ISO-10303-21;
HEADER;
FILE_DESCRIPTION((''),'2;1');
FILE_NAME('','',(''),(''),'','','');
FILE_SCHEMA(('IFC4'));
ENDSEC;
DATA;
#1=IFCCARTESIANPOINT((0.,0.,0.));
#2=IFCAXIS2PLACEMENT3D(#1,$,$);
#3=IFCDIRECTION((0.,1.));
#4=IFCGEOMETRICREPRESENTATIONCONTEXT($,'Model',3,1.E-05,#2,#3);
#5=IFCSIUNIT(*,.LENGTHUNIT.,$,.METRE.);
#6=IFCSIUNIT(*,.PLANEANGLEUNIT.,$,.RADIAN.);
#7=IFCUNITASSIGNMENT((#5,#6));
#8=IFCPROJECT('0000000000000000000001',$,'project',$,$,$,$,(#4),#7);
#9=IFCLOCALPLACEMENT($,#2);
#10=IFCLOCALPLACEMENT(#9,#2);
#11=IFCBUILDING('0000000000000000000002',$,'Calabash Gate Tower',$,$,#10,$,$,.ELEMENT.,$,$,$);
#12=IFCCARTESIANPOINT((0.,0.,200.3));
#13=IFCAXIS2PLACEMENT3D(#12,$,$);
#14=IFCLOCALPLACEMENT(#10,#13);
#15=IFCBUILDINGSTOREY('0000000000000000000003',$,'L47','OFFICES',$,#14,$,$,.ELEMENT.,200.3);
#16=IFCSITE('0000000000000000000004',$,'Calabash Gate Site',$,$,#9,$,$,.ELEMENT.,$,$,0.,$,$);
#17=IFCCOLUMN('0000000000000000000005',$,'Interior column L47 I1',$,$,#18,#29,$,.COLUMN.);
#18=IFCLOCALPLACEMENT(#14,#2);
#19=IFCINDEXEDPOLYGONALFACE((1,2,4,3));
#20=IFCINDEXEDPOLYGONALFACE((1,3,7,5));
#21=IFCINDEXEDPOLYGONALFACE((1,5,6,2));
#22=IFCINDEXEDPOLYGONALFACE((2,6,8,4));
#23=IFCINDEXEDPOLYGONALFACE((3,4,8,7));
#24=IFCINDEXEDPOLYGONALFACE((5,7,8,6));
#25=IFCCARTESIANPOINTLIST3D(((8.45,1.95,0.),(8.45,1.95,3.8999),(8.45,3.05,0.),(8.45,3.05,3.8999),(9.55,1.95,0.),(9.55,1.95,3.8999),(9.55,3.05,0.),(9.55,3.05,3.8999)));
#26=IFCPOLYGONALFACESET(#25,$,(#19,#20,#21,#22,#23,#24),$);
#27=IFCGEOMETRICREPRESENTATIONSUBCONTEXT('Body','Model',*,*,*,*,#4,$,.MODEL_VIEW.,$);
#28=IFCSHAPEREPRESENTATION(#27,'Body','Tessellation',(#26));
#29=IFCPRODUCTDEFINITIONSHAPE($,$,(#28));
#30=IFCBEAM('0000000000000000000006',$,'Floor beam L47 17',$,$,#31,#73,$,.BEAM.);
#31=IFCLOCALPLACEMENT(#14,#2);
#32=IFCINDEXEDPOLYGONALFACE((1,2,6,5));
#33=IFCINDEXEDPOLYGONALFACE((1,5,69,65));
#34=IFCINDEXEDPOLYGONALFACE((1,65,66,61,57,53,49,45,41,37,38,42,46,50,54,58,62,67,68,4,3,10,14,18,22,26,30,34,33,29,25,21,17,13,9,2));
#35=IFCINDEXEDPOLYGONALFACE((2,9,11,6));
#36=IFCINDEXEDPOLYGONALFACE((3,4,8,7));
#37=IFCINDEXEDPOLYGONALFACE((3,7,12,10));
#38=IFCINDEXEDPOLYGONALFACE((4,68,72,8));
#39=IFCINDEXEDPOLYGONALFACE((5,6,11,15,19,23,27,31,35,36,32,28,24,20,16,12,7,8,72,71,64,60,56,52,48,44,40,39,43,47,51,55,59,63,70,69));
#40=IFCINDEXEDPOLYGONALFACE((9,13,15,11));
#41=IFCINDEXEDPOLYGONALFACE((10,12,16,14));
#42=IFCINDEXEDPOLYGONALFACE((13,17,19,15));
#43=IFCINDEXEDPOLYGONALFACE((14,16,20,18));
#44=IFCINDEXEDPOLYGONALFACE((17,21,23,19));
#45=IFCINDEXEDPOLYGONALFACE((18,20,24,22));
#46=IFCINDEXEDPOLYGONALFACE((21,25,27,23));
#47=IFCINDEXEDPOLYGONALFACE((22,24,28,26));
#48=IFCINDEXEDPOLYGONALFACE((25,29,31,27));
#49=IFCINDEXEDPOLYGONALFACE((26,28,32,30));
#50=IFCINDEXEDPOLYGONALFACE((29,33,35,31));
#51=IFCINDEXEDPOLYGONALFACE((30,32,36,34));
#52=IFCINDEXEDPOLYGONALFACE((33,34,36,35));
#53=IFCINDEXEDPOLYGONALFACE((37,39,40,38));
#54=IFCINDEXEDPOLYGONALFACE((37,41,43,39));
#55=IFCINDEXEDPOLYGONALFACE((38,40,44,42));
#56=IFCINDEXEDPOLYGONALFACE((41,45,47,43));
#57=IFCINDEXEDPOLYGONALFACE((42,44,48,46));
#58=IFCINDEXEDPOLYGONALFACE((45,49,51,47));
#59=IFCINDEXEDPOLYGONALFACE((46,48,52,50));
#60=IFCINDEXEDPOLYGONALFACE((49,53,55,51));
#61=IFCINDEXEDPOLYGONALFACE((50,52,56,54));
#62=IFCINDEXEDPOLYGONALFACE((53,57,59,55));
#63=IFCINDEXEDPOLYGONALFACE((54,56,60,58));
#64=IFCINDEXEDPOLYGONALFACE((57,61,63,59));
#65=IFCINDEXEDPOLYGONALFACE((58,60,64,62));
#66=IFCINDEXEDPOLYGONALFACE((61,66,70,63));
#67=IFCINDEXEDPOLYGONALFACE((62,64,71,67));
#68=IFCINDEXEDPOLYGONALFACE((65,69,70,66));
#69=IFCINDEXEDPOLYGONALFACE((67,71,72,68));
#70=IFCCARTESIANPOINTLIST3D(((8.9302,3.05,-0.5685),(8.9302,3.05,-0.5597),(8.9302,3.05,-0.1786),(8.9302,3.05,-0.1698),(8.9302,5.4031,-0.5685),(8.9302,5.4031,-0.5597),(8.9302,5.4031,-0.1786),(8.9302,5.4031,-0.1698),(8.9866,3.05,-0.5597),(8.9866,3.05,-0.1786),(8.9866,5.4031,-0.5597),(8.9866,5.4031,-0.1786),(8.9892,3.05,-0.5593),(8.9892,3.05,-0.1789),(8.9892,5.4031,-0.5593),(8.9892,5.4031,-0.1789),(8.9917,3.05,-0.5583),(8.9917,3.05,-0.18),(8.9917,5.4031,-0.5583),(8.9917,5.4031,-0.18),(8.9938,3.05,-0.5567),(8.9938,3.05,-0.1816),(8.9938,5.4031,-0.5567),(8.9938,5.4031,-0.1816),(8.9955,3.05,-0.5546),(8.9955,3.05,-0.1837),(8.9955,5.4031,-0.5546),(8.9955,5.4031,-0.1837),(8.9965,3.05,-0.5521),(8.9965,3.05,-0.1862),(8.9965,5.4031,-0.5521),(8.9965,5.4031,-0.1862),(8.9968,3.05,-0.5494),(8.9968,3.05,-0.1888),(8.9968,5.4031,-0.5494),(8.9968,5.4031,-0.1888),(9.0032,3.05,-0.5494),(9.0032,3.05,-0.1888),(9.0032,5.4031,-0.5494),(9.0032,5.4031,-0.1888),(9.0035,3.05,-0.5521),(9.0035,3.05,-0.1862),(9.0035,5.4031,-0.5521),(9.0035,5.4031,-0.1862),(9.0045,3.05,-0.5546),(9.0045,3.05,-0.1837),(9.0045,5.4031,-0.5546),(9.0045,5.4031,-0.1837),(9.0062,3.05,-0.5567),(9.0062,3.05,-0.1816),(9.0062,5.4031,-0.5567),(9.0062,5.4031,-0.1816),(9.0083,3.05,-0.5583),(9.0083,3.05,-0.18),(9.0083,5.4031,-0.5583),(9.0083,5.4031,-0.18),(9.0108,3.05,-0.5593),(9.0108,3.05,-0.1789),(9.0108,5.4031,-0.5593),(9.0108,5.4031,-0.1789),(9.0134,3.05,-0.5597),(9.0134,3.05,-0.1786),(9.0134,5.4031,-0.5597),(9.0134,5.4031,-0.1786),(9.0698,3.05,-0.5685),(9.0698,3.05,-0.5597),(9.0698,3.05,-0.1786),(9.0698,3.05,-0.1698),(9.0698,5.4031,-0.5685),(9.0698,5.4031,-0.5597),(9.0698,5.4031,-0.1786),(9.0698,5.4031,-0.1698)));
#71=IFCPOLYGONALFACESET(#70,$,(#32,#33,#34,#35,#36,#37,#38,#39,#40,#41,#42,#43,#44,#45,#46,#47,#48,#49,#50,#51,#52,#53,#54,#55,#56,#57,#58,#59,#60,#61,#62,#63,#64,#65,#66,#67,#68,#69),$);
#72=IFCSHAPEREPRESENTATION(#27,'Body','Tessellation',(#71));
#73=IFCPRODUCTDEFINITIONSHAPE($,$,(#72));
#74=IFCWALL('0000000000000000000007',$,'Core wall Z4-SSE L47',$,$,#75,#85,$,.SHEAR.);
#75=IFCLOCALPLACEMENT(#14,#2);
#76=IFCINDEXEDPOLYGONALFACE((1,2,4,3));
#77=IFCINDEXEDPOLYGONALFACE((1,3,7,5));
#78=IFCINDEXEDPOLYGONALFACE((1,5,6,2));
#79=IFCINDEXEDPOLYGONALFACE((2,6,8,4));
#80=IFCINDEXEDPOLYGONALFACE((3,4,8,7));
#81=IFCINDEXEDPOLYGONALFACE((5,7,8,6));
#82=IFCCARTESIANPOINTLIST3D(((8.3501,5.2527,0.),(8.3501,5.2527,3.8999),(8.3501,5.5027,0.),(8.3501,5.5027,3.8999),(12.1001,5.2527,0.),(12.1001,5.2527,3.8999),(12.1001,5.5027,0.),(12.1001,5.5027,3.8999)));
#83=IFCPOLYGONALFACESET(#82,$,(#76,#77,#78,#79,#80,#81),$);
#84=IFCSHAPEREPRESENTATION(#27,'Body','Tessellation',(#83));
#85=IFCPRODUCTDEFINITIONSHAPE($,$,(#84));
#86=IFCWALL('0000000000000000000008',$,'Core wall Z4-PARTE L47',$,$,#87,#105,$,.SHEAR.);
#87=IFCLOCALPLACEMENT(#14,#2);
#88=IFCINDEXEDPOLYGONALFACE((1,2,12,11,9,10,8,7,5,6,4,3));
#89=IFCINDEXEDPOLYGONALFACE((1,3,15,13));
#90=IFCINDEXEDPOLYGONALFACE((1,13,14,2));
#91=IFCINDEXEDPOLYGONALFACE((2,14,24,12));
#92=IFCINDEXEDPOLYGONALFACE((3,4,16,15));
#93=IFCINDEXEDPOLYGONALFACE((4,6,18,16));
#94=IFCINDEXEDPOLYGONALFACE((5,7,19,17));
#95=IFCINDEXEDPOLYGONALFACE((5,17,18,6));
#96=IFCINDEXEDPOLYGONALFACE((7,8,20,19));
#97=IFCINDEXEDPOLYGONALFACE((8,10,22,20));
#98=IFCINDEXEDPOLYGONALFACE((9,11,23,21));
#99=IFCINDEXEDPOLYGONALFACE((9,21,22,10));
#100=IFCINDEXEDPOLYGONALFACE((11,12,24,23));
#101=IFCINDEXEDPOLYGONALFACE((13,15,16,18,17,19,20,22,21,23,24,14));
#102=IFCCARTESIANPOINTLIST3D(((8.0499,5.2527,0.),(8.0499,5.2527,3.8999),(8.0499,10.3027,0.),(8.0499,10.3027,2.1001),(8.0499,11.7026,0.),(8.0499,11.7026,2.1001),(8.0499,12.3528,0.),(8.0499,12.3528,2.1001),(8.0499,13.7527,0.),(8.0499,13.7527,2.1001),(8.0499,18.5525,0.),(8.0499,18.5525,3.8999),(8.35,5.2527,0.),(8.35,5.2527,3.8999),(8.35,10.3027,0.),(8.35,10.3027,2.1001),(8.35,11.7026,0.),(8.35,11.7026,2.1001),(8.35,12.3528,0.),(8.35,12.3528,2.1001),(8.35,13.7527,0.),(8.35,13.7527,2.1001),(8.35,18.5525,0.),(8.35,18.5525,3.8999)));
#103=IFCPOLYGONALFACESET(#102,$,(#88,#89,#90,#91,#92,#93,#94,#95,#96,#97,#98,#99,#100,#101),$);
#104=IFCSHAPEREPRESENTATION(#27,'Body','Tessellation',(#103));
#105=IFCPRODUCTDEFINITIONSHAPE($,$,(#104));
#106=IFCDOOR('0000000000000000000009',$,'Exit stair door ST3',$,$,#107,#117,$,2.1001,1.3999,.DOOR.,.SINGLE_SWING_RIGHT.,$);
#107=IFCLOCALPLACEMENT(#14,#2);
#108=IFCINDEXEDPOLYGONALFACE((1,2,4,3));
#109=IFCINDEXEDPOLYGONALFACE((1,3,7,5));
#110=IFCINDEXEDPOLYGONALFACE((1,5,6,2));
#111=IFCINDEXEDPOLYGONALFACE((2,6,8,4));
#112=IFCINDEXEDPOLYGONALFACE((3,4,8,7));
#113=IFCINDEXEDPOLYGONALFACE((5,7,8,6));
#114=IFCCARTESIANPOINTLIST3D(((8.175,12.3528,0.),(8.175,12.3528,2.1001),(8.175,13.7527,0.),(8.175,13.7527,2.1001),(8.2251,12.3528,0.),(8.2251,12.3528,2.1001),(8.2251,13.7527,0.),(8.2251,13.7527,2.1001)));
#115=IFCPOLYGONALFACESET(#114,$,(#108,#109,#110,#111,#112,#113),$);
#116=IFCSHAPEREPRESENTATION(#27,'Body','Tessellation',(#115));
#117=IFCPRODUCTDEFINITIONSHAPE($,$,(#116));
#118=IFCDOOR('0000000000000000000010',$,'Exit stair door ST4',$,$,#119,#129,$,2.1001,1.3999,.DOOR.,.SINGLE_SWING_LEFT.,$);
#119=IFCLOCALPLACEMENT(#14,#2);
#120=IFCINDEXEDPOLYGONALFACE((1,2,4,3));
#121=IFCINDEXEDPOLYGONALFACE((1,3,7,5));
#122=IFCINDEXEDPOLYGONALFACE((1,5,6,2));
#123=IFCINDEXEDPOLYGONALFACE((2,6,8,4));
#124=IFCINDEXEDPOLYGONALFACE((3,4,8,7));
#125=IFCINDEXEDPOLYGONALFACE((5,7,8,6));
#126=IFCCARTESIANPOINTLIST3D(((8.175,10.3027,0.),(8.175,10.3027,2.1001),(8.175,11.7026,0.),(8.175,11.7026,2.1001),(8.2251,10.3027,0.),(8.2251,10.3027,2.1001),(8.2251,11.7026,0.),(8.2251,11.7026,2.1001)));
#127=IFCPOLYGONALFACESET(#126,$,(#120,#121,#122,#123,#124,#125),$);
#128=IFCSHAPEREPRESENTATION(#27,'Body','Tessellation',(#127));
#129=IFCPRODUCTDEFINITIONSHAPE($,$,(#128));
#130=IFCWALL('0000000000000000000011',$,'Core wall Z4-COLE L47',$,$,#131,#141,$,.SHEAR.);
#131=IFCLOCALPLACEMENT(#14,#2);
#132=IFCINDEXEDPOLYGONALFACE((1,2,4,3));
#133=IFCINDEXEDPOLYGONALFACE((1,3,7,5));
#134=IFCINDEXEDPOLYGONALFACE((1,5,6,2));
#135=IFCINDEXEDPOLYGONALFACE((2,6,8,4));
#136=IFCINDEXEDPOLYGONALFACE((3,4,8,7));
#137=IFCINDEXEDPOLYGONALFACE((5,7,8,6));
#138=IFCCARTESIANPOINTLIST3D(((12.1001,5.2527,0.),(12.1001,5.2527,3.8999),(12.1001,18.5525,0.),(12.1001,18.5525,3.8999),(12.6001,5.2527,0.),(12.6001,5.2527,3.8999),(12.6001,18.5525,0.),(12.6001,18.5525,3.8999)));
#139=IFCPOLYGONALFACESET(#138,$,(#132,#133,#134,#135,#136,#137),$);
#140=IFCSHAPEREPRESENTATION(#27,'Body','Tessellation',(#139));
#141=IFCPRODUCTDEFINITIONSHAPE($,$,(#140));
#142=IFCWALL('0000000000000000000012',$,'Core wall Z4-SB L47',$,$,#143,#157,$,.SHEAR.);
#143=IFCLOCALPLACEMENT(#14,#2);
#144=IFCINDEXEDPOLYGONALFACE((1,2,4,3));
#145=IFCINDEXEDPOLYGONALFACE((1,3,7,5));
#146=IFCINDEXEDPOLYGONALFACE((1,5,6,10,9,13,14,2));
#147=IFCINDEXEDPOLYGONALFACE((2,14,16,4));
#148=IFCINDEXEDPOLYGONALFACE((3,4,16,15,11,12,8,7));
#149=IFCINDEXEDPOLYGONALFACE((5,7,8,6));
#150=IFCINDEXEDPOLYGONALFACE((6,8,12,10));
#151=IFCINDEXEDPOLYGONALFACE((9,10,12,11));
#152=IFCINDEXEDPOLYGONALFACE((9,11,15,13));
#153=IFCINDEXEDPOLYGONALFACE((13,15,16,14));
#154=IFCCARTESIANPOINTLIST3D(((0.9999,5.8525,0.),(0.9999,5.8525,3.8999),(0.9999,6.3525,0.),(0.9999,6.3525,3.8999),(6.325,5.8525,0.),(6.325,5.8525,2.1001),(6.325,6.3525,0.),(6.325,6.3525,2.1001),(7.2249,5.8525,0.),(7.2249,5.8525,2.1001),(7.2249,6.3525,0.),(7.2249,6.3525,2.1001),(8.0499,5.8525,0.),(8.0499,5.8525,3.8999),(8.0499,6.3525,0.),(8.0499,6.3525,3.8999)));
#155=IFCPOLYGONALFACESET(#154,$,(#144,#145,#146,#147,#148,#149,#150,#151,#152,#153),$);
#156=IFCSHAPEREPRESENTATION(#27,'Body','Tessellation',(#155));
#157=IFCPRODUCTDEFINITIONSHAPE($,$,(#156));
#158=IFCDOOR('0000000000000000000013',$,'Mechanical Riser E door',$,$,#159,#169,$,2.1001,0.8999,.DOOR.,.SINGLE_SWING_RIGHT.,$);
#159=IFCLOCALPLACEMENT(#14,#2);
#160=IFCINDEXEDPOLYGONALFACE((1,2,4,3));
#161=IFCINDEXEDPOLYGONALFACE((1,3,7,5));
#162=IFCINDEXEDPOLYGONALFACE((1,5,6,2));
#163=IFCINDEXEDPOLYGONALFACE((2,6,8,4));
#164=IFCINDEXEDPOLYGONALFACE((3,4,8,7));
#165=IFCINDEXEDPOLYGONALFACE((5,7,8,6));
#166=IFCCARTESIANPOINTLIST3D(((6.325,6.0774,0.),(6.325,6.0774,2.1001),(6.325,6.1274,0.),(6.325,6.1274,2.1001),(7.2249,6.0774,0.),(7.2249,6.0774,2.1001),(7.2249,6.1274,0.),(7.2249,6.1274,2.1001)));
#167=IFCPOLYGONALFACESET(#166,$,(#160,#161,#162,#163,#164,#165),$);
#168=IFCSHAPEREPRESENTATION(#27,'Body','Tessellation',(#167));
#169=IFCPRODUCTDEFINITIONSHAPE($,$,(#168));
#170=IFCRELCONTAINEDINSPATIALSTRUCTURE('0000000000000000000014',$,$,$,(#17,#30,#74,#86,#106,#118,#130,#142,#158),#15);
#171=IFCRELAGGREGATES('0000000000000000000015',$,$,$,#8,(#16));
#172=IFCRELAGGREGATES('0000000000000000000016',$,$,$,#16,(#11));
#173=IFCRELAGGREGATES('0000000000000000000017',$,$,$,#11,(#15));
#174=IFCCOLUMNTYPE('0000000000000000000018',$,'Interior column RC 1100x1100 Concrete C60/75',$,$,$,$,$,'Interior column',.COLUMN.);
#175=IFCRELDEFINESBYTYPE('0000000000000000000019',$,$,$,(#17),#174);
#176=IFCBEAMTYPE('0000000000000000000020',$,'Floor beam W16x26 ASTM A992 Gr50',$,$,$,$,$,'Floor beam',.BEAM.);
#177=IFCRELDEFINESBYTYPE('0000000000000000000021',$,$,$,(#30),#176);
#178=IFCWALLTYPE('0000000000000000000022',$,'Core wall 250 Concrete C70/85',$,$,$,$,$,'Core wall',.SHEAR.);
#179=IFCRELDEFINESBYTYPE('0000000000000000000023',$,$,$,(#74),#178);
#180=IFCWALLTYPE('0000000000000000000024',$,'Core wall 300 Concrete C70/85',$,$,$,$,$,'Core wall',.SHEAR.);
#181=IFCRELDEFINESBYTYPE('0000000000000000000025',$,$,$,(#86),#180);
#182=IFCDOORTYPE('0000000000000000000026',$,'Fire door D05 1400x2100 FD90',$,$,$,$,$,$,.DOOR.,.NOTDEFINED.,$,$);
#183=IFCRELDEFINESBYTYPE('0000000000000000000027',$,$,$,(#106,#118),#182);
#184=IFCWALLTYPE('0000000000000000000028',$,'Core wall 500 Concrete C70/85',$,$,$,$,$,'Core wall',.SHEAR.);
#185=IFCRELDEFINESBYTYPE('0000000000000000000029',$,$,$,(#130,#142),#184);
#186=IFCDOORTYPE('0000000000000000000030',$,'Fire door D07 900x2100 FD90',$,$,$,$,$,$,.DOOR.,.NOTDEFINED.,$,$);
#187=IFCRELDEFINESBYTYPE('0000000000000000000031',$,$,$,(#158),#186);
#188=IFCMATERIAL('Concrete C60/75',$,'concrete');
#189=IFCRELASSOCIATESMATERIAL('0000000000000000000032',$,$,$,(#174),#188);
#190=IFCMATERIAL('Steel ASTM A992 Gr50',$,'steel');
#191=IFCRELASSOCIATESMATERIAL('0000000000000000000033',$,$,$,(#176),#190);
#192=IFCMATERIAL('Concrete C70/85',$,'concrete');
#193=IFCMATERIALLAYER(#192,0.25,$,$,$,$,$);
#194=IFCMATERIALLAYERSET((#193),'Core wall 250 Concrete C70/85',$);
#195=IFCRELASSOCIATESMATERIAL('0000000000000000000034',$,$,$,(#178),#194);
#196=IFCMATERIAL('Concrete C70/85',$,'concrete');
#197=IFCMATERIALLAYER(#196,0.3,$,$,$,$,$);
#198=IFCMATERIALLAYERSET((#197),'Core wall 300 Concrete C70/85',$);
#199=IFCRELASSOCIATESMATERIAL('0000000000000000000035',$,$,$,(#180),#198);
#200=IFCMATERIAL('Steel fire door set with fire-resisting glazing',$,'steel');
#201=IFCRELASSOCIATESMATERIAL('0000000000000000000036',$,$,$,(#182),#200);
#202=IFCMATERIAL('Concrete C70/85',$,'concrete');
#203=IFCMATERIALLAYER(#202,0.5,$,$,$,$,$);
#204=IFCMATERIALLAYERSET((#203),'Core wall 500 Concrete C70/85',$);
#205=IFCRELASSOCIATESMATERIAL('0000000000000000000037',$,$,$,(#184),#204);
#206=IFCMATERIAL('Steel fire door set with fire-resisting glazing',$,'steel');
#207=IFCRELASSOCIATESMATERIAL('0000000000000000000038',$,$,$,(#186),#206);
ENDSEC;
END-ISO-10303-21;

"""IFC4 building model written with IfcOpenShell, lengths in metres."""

from ifc_helpers import new_model, si_unit, direction, frame, frame_2d, origin, origin_2d, place, context, subcontext, project, spatial, rectangle, i_section, extrude, material, layer, layer_set, material_profile, profile_set, type_object, element, fill, save


model = new_model("IFC4")

# Units and contexts
model_context = context("Model", 3, precision=1e-05, world=origin(), true_north=direction((0.0, 1.0)))
body_context = subcontext(model_context, "Body", "Model", "MODEL_VIEW")
ifc_project = project(units=[si_unit("LENGTHUNIT", "METRE"), si_unit("PLANEANGLEUNIT", "RADIAN")], contexts=[model_context])

# Site, building, storey
site_placement = place(None, origin())
site = spatial("IfcSite", under=ifc_project, at=site_placement, Name="Calabash Gate Site", CompositionType="ELEMENT", RefElevation=0.0)
building_placement = place(site_placement, origin())
building = spatial("IfcBuilding", under=site, at=building_placement, Name="Calabash Gate Tower", CompositionType="ELEMENT")
storey_placement = place(building_placement, frame((0.0, 0.0, 200.3)))
storey = spatial("IfcBuildingStorey", under=building, at=storey_placement, Name="L47", Description="OFFICES", CompositionType="ELEMENT", Elevation=200.3)

# Column
ifc_material_1 = material(Name="Concrete C60/75", Category="concrete")
ifc_material_profile_1 = material_profile(ifc_material_1, rectangle(XDim=1.1001, YDim=1.1001, at=origin_2d()))
ifc_profile_set_1 = profile_set([ifc_material_profile_1], Name="Concrete C60/75")
column_type = type_object("IfcColumnType", Name="Interior column RC 1100x1100 Concrete C60/75", ElementType="Interior column", PredefinedType="COLUMN", material=ifc_profile_set_1)
column_placement = place(storey_placement, frame((9.0, 2.5, 0.0), z_axis=(0.0, 0.0, 1.0), x_axis=(1.0, 0.0, 0.0)))
element("IfcColumn", 1, at=column_placement, inside=storey, type_object=column_type, Name="Interior column L47 I1", PredefinedType="COLUMN", context=body_context, shape_type="SweptSolid", body=[
    extrude(rectangle(XDim=1.1001, YDim=1.1001, at=origin_2d()), origin(), (0.0, 0.0, 1.0), 3.8999),
])

# Beam
ifc_material_2 = material(Name="Steel ASTM A992 Gr50", Category="steel")
ifc_material_profile_2 = material_profile(ifc_material_2, i_section(OverallWidth=0.1396, OverallDepth=0.3987, WebThickness=0.0063, FlangeThickness=0.0088, FilletRadius=0.0103, at=origin_2d()))
ifc_profile_set_2 = profile_set([ifc_material_profile_2], Name="Steel ASTM A992 Gr50")
beam_type = type_object("IfcBeamType", Name="Floor beam W16x26 ASTM A992 Gr50", ElementType="Floor beam", PredefinedType="BEAM", material=ifc_profile_set_2)
beam_placement = place(storey_placement, frame((9.0, 3.05, -0.3691), z_axis=(0.0, 1.0, 0.0), x_axis=(-1.0, 0.0, 0.0)))
element("IfcBeam", 2, at=beam_placement, inside=storey, type_object=beam_type, Name="Floor beam L47 17", PredefinedType="BEAM", context=body_context, shape_type="SweptSolid", body=[
    extrude(i_section(OverallWidth=0.1396, OverallDepth=0.3987, WebThickness=0.0063, FlangeThickness=0.0088, FilletRadius=0.0103, at=origin_2d()), origin(), (0.0, 0.0, 1.0), 2.353),
])

# Wall
ifc_material_3 = material(Name="Concrete C70/85", Category="concrete")
ifc_layer_1 = layer(ifc_material_3, 0.25)
ifc_layer_set_1 = layer_set([ifc_layer_1], Name="Core wall 250 Concrete C70/85")
wall_type_1 = type_object("IfcWallType", Name="Core wall 250 Concrete C70/85", ElementType="Core wall", PredefinedType="SHEAR", material=ifc_layer_set_1)
wall_1_placement = place(storey_placement, frame((8.3501, 5.3777, 0.0), z_axis=(0.0, 0.0, 1.0), x_axis=(1.0, 0.0, 0.0)))
element("IfcWall", 3, at=wall_1_placement, inside=storey, type_object=wall_type_1, Name="Core wall Z4-SSE L47", PredefinedType="SHEAR", context=body_context, shape_type="SweptSolid", body=[
    extrude(rectangle(XDim=3.75, YDim=0.25, at=frame_2d((1.875, 0.0))), origin(), (0.0, 0.0, 1.0), 3.8999),
])

# Wall, openings, doors
ifc_material_4 = material(Name="Concrete C70/85", Category="concrete")
ifc_layer_2 = layer(ifc_material_4, 0.3)
ifc_layer_set_2 = layer_set([ifc_layer_2], Name="Core wall 300 Concrete C70/85")
wall_type_2 = type_object("IfcWallType", Name="Core wall 300 Concrete C70/85", ElementType="Core wall", PredefinedType="SHEAR", material=ifc_layer_set_2)
wall_2_placement = place(storey_placement, frame((8.2, 5.2527, 0.0), z_axis=(0.0, 0.0, 1.0), x_axis=(0.0, 1.0, 0.0)))
wall_2 = element("IfcWall", 4, at=wall_2_placement, inside=storey, type_object=wall_type_2, Name="Core wall Z4-PARTE L47", PredefinedType="SHEAR", context=body_context, shape_type="SweptSolid", body=[
    extrude(rectangle(XDim=13.2998, YDim=0.3, at=frame_2d((6.6499, 0.0))), origin(), (0.0, 0.0, 1.0), 3.8999),
])
opening_1_placement = place(wall_2_placement, frame((7.1001, 0.0, 0.0)))
opening_1 = element("IfcOpeningElement", 5, at=opening_1_placement, cuts=wall_2, PredefinedType="OPENING", context=body_context, shape_type="SweptSolid", body=[
    extrude(rectangle(XDim=1.3999, YDim=2.1001, at=frame_2d((0.7, 1.05))), frame((0.0, 0.1599, 0.0), z_axis=(0.0, -1.0, 0.0), x_axis=(1.0, 0.0, 0.0)), (0.0, 0.0, 1.0), 0.3201),
])
opening_2_placement = place(wall_2_placement, frame((5.05, 0.0, 0.0)))
opening_2 = element("IfcOpeningElement", 6, at=opening_2_placement, cuts=wall_2, PredefinedType="OPENING", context=body_context, shape_type="SweptSolid", body=[
    extrude(rectangle(XDim=1.3999, YDim=2.1001, at=frame_2d((0.7, 1.05))), frame((0.0, 0.1599, 0.0), z_axis=(0.0, -1.0, 0.0), x_axis=(1.0, 0.0, 0.0)), (0.0, 0.0, 1.0), 0.3201),
])
ifc_material_5 = material(Name="Steel fire door set with fire-resisting glazing", Category="steel")
door_type_1 = type_object("IfcDoorType", Name="Fire door D05 1400x2100 FD90", OperationType="NOTDEFINED", PredefinedType="DOOR", material=ifc_material_5)
door_1_placement = place(opening_1_placement, origin())
door_1 = element("IfcDoor", 7, at=door_1_placement, inside=storey, type_object=door_type_1, Name="Exit stair door ST3", OperationType="SINGLE_SWING_RIGHT", OverallHeight=2.1001, OverallWidth=1.3999, PredefinedType="DOOR", context=body_context, shape_type="SweptSolid", body=[
    extrude(rectangle(XDim=1.3999, YDim=2.1001, at=frame_2d((0.7, 1.05))), frame((0.0, 0.0249, 0.0), z_axis=(0.0, -1.0, 0.0), x_axis=(1.0, 0.0, 0.0)), (0.0, 0.0, 1.0), 0.05),
])
fill(opening_1, door_1)
door_2_placement = place(opening_2_placement, origin())
door_2 = element("IfcDoor", 8, at=door_2_placement, inside=storey, type_object=door_type_1, Name="Exit stair door ST4", OperationType="SINGLE_SWING_LEFT", OverallHeight=2.1001, OverallWidth=1.3999, PredefinedType="DOOR", context=body_context, shape_type="SweptSolid", body=[
    extrude(rectangle(XDim=1.3999, YDim=2.1001, at=frame_2d((0.7, 1.05))), frame((0.0, 0.0249, 0.0), z_axis=(0.0, -1.0, 0.0), x_axis=(1.0, 0.0, 0.0)), (0.0, 0.0, 1.0), 0.05),
])
fill(opening_2, door_2)

# Wall
ifc_material_6 = material(Name="Concrete C70/85", Category="concrete")
ifc_layer_3 = layer(ifc_material_6, 0.5)
ifc_layer_set_3 = layer_set([ifc_layer_3], Name="Core wall 500 Concrete C70/85")
wall_type_3 = type_object("IfcWallType", Name="Core wall 500 Concrete C70/85", ElementType="Core wall", PredefinedType="SHEAR", material=ifc_layer_set_3)
wall_3_placement = place(storey_placement, frame((12.3501, 5.2527, 0.0), z_axis=(0.0, 0.0, 1.0), x_axis=(0.0, 1.0, 0.0)))
element("IfcWall", 9, at=wall_3_placement, inside=storey, type_object=wall_type_3, Name="Core wall Z4-COLE L47", PredefinedType="SHEAR", context=body_context, shape_type="SweptSolid", body=[
    extrude(rectangle(XDim=13.2998, YDim=0.5, at=frame_2d((6.6499, 0.0))), origin(), (0.0, 0.0, 1.0), 3.8999),
])

# Wall, opening, door
wall_4_placement = place(storey_placement, frame((1.0, 6.1025, 0.0), z_axis=(0.0, 0.0, 1.0), x_axis=(1.0, 0.0, 0.0)))
wall_4 = element("IfcWall", 10, at=wall_4_placement, inside=storey, type_object=wall_type_3, Name="Core wall Z4-SB L47", PredefinedType="SHEAR", context=body_context, shape_type="SweptSolid", body=[
    extrude(rectangle(XDim=7.05, YDim=0.5, at=frame_2d((3.5249, 0.0))), origin(), (0.0, 0.0, 1.0), 3.8999),
])
opening_3_placement = place(wall_4_placement, frame((5.325, 0.0, 0.0)))
opening_3 = element("IfcOpeningElement", 11, at=opening_3_placement, cuts=wall_4, PredefinedType="OPENING", context=body_context, shape_type="SweptSolid", body=[
    extrude(rectangle(XDim=0.8999, YDim=2.1001, at=frame_2d((0.45, 1.05))), frame((0.0, 0.26, 0.0), z_axis=(0.0, -1.0, 0.0), x_axis=(1.0, 0.0, 0.0)), (0.0, 0.0, 1.0), 0.52),
])
ifc_material_7 = material(Name="Steel fire door set with fire-resisting glazing", Category="steel")
door_type_2 = type_object("IfcDoorType", Name="Fire door D07 900x2100 FD90", OperationType="NOTDEFINED", PredefinedType="DOOR", material=ifc_material_7)
door_3_placement = place(opening_3_placement, origin())
door_3 = element("IfcDoor", 12, at=door_3_placement, inside=storey, type_object=door_type_2, Name="Mechanical Riser E door", OperationType="SINGLE_SWING_RIGHT", OverallHeight=2.1001, OverallWidth=0.8999, PredefinedType="DOOR", context=body_context, shape_type="SweptSolid", body=[
    extrude(rectangle(XDim=0.8999, YDim=2.1001, at=frame_2d((0.45, 1.05))), frame((0.0, 0.0249, 0.0), z_axis=(0.0, -1.0, 0.0), x_axis=(1.0, 0.0, 0.0)), (0.0, 0.0, 1.0), 0.05),
])
fill(opening_3, door_3)

save(model, "model.ifc")
